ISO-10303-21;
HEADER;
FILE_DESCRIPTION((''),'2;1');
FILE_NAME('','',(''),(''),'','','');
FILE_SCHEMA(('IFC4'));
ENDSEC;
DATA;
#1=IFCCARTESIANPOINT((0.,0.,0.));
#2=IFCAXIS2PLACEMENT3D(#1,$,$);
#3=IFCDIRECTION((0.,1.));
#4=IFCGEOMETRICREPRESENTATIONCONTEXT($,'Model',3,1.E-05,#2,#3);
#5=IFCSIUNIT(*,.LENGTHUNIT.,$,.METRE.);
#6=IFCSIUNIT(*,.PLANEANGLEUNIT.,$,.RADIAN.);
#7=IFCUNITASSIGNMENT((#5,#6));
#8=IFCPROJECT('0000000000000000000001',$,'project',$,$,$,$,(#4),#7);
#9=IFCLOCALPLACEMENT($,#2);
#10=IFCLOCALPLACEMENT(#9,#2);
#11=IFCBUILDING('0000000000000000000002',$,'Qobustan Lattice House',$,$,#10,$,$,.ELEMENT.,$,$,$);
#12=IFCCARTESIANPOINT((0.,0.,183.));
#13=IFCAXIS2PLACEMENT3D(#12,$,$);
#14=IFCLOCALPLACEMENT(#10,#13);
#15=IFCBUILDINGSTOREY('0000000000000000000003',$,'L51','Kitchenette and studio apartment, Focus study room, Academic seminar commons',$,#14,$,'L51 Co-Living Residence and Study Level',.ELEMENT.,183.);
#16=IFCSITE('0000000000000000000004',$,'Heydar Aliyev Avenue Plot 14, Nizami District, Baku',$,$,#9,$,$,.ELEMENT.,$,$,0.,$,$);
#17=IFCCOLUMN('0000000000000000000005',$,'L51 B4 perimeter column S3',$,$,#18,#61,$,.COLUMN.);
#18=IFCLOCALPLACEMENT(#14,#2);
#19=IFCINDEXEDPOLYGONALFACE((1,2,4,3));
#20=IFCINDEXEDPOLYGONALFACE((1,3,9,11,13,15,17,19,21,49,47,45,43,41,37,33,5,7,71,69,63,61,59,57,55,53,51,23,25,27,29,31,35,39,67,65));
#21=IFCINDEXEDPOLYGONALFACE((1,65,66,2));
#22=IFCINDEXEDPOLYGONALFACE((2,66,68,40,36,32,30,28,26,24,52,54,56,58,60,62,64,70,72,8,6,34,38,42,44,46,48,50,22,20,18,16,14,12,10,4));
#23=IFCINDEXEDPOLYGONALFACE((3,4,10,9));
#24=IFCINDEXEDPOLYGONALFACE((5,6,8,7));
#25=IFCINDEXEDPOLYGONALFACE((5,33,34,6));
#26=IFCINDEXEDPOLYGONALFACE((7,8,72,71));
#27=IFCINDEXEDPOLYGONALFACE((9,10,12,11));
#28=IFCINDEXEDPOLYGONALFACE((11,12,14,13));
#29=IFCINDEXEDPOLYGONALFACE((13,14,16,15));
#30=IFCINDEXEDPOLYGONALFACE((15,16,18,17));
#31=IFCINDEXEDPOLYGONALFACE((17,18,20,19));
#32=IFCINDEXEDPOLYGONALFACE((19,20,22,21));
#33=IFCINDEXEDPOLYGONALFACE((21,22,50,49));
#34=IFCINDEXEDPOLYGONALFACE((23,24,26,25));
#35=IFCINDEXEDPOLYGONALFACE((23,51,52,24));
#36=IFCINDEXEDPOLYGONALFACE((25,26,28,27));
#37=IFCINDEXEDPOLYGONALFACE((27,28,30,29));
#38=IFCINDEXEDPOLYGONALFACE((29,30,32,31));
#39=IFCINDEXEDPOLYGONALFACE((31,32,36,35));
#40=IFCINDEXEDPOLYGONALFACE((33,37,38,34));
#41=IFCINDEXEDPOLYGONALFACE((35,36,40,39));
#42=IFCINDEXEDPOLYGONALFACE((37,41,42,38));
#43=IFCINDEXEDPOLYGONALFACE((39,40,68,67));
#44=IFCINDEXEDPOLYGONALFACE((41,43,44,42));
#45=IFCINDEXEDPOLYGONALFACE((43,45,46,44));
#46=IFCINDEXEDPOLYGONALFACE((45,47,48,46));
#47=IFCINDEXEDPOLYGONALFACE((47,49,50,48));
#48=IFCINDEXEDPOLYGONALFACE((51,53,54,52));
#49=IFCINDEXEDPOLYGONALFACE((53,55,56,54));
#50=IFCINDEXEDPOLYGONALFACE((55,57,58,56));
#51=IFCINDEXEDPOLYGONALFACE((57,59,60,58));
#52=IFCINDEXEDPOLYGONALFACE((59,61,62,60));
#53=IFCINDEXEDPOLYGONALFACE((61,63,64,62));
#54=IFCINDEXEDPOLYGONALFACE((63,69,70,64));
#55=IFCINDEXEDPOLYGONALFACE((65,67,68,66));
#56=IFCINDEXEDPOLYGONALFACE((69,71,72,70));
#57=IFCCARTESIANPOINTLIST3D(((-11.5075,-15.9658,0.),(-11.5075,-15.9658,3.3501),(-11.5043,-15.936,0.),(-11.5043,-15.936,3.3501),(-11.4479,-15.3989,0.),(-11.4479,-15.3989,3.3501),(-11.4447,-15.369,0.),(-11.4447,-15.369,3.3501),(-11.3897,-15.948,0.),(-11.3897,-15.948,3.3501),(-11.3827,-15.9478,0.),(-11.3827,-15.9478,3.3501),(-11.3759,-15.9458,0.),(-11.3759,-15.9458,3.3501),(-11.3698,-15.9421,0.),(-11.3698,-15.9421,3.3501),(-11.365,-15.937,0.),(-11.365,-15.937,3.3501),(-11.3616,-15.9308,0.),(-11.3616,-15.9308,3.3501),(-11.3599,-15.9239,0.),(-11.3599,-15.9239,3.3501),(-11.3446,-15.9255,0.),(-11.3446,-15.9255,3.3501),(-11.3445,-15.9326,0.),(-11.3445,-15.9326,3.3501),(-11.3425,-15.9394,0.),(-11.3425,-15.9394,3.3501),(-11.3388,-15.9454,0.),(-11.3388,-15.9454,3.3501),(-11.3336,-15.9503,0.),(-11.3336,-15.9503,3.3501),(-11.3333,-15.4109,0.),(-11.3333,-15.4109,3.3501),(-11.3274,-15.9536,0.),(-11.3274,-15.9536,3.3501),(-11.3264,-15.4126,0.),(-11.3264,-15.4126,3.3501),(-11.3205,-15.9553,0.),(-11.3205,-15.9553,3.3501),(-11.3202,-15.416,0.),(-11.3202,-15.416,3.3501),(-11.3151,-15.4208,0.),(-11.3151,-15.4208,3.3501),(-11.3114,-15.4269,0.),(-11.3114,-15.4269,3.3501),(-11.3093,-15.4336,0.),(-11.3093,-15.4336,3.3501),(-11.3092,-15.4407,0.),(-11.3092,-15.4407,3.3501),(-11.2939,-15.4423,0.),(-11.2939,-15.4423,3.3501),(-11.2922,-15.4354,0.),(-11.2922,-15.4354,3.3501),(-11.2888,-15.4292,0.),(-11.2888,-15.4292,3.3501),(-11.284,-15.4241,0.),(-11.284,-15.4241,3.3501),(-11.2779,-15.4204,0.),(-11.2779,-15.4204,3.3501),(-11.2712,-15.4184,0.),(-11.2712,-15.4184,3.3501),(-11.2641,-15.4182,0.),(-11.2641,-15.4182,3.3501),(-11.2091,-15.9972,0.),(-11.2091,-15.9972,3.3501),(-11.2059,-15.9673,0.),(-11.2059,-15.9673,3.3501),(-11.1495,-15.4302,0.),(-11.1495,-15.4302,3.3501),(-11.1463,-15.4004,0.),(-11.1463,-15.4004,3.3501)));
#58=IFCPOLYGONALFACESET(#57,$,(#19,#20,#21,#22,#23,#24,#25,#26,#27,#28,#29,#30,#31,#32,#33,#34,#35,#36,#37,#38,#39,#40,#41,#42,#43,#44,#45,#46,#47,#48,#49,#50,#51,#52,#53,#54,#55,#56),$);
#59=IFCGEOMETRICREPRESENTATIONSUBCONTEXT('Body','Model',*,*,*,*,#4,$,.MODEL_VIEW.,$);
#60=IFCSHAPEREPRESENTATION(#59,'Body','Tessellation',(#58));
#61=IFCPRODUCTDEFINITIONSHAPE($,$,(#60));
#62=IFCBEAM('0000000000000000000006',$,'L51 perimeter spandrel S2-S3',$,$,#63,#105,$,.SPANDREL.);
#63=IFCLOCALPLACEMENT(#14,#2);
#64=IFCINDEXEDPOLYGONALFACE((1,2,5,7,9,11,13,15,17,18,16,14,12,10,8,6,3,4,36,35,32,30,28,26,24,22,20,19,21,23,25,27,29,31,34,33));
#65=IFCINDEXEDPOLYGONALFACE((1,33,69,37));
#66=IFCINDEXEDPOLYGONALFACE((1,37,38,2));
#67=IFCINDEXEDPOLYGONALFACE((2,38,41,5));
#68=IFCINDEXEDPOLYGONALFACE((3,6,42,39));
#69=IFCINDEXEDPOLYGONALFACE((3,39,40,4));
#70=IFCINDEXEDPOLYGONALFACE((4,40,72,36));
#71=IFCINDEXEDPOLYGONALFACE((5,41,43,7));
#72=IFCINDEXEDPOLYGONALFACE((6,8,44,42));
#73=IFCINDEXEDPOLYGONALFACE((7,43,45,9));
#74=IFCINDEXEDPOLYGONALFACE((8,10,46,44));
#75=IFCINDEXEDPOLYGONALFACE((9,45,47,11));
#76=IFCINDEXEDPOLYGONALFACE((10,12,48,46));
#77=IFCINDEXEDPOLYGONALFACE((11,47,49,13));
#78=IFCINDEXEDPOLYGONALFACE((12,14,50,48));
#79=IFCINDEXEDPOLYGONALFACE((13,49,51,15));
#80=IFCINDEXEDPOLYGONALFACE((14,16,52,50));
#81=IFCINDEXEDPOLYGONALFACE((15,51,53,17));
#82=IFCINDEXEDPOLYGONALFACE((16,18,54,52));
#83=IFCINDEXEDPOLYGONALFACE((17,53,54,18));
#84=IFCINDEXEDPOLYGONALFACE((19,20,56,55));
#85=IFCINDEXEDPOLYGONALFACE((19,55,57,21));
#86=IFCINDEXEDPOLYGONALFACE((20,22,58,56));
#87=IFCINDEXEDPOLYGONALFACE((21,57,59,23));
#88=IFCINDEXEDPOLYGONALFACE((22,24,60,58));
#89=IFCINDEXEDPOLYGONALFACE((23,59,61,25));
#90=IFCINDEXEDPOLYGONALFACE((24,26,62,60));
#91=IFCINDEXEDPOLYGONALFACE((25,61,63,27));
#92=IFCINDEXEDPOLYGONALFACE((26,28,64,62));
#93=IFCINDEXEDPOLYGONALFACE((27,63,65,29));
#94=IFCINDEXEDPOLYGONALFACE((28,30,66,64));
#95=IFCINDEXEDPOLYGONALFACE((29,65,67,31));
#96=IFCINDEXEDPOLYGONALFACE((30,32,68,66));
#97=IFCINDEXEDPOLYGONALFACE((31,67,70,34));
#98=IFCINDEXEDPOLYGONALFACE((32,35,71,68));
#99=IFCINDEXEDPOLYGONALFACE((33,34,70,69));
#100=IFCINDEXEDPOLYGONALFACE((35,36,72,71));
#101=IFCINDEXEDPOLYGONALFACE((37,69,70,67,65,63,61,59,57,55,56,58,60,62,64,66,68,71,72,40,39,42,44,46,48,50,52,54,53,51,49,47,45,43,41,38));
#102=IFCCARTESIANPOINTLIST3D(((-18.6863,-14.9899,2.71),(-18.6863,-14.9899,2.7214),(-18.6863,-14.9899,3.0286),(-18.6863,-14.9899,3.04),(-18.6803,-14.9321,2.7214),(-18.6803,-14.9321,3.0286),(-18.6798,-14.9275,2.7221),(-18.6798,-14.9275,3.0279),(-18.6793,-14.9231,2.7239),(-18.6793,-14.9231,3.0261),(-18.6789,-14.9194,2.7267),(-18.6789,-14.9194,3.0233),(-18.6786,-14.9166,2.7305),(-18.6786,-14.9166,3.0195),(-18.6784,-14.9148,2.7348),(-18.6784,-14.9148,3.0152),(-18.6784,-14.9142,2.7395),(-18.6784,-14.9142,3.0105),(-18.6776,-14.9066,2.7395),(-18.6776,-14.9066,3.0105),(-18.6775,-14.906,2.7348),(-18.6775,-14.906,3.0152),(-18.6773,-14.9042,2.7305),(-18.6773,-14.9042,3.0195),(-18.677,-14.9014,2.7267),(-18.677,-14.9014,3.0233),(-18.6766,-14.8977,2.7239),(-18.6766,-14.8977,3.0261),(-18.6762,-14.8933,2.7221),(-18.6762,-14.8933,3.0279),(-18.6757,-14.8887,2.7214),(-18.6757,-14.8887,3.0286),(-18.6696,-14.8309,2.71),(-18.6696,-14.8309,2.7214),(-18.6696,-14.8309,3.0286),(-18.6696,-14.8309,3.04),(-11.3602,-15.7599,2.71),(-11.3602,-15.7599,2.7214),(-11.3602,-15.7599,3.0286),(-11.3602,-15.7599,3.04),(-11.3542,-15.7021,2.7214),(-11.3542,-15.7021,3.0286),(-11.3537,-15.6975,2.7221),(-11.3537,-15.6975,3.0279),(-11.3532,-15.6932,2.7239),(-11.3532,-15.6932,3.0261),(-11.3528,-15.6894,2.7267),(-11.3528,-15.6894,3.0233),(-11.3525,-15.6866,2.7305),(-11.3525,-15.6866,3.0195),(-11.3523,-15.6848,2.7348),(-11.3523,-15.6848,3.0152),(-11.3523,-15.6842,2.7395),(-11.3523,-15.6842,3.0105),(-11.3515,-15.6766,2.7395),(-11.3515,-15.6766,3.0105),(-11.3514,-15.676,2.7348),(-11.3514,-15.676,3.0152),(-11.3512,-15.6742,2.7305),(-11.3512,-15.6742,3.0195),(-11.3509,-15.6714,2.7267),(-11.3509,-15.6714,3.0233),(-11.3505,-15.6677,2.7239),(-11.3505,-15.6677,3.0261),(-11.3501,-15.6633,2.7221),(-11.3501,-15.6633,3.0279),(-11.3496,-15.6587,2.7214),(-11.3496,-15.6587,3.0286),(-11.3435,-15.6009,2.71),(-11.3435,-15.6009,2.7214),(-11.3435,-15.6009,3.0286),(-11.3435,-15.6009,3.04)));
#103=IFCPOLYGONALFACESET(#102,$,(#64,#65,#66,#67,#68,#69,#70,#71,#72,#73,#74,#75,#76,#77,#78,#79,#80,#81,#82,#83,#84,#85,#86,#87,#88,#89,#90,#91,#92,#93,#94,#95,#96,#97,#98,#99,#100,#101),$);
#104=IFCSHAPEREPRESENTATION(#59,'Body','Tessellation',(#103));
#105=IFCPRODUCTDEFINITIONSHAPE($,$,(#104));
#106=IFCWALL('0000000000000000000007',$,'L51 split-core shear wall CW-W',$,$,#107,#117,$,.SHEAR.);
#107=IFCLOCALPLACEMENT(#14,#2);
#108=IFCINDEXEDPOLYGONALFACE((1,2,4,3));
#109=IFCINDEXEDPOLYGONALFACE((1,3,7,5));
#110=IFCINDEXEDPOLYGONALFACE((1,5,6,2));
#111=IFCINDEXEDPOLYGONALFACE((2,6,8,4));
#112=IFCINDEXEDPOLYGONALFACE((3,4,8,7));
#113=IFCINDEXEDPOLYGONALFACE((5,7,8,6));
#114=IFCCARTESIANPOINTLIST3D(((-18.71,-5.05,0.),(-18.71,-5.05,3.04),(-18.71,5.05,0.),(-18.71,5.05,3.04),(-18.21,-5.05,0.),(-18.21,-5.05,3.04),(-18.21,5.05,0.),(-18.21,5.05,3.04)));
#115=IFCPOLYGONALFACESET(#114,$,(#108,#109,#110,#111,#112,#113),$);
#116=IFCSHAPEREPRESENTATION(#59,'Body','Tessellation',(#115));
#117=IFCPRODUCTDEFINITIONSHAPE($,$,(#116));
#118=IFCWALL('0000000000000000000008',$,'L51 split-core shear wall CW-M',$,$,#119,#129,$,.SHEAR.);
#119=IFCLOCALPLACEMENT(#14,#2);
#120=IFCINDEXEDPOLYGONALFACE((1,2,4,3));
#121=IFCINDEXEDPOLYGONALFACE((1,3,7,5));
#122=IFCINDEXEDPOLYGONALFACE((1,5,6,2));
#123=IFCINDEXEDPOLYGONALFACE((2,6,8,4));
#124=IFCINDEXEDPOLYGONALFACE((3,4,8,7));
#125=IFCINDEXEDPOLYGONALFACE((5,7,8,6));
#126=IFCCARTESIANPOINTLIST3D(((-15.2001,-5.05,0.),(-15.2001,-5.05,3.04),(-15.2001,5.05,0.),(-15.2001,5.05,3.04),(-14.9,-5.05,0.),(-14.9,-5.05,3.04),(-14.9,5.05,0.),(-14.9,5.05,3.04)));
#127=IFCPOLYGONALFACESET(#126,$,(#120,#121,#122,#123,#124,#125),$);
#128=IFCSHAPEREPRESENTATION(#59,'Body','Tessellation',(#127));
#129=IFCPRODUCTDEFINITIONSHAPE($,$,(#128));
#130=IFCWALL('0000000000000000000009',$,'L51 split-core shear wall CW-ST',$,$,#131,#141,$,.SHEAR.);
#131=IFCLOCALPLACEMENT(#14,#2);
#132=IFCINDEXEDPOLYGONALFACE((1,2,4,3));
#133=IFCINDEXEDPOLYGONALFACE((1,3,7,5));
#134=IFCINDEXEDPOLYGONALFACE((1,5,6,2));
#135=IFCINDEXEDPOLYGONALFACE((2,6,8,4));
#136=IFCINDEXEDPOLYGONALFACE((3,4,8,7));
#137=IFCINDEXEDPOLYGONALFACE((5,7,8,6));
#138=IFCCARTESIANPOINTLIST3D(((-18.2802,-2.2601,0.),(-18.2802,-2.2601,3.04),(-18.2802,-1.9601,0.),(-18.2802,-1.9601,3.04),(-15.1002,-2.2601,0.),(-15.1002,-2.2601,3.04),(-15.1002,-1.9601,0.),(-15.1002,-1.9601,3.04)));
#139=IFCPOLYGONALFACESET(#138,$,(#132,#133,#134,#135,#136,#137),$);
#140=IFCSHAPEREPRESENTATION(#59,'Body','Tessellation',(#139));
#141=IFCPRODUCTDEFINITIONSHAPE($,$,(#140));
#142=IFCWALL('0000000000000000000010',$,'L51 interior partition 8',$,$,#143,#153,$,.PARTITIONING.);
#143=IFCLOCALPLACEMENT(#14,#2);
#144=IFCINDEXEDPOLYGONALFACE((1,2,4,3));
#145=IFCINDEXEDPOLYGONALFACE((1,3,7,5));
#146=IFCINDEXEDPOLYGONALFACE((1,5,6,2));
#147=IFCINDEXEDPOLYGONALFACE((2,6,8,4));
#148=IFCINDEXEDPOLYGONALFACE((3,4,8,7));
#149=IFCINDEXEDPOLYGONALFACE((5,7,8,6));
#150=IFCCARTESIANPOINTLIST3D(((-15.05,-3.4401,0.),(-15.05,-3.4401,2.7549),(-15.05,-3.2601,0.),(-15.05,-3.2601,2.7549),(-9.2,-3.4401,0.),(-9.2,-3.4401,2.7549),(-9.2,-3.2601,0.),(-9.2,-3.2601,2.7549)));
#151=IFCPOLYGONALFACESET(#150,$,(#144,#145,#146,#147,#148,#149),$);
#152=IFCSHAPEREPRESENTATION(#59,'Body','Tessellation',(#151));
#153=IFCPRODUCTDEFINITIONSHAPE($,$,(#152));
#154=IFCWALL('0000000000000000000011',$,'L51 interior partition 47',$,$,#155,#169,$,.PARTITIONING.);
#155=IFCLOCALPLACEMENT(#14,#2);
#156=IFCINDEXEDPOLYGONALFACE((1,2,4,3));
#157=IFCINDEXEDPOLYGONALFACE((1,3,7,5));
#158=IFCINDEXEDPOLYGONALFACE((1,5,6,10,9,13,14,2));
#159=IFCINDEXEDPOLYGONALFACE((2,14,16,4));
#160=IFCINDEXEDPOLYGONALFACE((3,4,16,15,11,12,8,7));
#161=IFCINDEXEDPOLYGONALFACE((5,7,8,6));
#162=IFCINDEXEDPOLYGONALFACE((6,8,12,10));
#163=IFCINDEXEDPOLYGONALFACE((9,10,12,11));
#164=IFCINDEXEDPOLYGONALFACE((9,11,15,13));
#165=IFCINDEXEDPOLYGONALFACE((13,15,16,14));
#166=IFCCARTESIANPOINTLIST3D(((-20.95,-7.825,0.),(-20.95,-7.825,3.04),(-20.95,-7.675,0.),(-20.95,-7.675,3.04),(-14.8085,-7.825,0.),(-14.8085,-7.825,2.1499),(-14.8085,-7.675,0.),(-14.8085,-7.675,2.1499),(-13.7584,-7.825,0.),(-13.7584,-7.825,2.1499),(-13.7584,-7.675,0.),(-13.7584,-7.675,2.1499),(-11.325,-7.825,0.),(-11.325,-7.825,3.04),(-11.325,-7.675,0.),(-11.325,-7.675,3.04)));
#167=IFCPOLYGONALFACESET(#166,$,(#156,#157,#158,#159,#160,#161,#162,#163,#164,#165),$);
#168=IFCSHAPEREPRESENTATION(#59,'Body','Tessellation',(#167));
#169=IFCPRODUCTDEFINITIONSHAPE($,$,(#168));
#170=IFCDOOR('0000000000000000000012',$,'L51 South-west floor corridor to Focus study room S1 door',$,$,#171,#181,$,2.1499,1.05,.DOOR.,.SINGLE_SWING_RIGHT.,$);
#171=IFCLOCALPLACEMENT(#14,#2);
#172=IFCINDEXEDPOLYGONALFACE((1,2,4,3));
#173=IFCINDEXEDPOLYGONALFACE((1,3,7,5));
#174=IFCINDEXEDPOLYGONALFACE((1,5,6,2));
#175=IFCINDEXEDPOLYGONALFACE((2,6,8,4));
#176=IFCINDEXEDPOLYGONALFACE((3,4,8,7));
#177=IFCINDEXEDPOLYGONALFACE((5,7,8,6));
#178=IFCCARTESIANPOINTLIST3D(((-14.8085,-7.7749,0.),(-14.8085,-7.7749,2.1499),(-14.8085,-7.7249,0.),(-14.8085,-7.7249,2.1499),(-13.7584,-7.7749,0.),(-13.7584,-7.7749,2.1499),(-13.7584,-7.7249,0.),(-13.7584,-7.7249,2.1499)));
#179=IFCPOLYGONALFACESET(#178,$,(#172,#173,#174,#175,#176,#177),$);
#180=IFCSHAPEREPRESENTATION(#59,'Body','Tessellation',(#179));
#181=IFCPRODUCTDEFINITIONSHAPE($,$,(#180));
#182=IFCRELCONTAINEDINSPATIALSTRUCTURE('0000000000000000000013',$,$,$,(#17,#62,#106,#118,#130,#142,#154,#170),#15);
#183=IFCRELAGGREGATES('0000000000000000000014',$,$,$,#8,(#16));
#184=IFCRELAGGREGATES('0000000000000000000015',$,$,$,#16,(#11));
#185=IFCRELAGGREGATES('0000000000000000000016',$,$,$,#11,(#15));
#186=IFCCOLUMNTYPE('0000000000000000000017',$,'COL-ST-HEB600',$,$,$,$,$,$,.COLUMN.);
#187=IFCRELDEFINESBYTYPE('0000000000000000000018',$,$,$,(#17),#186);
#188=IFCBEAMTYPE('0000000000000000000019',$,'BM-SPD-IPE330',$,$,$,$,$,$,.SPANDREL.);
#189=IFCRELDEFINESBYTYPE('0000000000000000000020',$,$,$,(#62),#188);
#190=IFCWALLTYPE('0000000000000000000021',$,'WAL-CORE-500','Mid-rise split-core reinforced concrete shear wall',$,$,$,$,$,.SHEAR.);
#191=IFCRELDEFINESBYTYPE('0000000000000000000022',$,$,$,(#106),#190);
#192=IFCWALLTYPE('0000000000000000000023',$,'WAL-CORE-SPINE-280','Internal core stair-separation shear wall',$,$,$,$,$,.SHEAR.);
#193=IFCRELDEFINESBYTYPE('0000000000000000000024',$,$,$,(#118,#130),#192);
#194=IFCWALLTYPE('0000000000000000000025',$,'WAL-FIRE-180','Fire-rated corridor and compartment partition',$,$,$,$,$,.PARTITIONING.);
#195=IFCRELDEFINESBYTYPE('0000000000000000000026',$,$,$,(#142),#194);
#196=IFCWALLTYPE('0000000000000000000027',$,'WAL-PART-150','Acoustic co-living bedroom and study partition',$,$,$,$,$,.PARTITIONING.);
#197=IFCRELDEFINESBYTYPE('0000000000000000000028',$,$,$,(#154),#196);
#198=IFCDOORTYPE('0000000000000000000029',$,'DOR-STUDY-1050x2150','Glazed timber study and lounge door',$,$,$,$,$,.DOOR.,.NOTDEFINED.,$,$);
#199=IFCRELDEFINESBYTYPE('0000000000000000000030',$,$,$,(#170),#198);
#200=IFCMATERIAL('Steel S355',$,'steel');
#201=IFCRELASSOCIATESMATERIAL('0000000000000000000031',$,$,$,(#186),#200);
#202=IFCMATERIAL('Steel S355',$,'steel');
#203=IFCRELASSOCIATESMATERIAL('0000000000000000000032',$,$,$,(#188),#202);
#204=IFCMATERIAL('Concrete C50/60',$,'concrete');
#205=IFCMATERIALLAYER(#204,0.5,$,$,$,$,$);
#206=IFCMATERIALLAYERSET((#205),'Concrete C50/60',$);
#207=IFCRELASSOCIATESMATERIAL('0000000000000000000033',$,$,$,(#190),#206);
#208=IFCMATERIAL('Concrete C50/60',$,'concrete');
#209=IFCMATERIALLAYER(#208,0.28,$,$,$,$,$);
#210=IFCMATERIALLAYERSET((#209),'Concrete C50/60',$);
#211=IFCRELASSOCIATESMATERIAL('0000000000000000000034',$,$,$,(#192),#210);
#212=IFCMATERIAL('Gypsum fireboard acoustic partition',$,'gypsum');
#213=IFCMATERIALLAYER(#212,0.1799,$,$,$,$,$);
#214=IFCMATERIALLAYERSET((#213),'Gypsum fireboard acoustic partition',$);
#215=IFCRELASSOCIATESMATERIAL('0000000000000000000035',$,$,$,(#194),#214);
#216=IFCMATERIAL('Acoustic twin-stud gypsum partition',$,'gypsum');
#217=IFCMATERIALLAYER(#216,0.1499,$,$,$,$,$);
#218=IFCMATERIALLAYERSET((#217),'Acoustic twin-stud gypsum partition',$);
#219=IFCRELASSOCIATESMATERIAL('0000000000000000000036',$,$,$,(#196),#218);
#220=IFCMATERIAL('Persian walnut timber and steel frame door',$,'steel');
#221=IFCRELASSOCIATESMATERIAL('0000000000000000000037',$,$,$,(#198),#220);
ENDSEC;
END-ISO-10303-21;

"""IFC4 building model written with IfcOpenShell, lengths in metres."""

from ifc_helpers import new_model, si_unit, direction, frame, frame_2d, origin, origin_2d, place, context, subcontext, project, spatial, rectangle, i_section, extrude, material, layer, layer_set, material_profile, profile_set, type_object, element, fill, save


model = new_model("IFC4")

# Units and contexts
model_context = context("Model", 3, precision=1e-05, world=origin(), true_north=direction((0.0, 1.0)))
body_context = subcontext(model_context, "Body", "Model", "MODEL_VIEW")
ifc_project = project(units=[si_unit("LENGTHUNIT", "METRE"), si_unit("PLANEANGLEUNIT", "RADIAN")], contexts=[model_context])

# Site, building, storey
site_placement = place(None, origin())
site = spatial("IfcSite", under=ifc_project, at=site_placement, Name="Heydar Aliyev Avenue Plot 14, Nizami District, Baku", CompositionType="ELEMENT", RefElevation=0.0)
building_placement = place(site_placement, origin())
building = spatial("IfcBuilding", under=site, at=building_placement, Name="Qobustan Lattice House", CompositionType="ELEMENT")
storey_placement = place(building_placement, frame((0.0, 0.0, 183.0)))
storey = spatial("IfcBuildingStorey", under=building, at=storey_placement, Name="L51", Description="Kitchenette and studio apartment, Focus study room, Academic seminar commons", LongName="L51 Co-Living Residence and Study Level", CompositionType="ELEMENT", Elevation=183.0)

# Column
ifc_material_1 = material(Name="Steel S355", Category="steel")
ifc_material_profile_1 = material_profile(ifc_material_1, i_section(OverallWidth=0.3, OverallDepth=0.6001, WebThickness=0.0154, FlangeThickness=0.03, FilletRadius=0.0271, at=origin_2d()), Name="HEB600")
ifc_profile_set_1 = profile_set([ifc_material_profile_1], Name="Steel S355")
column_type = type_object("IfcColumnType", Name="COL-ST-HEB600", PredefinedType="COLUMN", material=ifc_profile_set_1)
column_placement = place(storey_placement, frame((-11.3269, -15.6831, 0.0), z_axis=(0.0, 0.0, 1.0), x_axis=(0.994522, -0.104528, 0.0)))
element("IfcColumn", 1, at=column_placement, inside=storey, type_object=column_type, Name="L51 B4 perimeter column S3", PredefinedType="COLUMN", context=body_context, shape_type="SweptSolid", body=[
    extrude(i_section(OverallWidth=0.3, OverallDepth=0.6001, WebThickness=0.0154, FlangeThickness=0.03, FilletRadius=0.0271, at=origin_2d()), origin(), (0.0, 0.0, 1.0), 3.3501),
])

# Beam
ifc_material_2 = material(Name="Steel S355", Category="steel")
ifc_material_profile_2 = material_profile(ifc_material_2, i_section(OverallWidth=0.1599, OverallDepth=0.3301, WebThickness=0.0076, FlangeThickness=0.0115, FilletRadius=0.0181, at=origin_2d()), Name="IPE330")
ifc_profile_set_2 = profile_set([ifc_material_profile_2], Name="Steel S355")
beam_type = type_object("IfcBeamType", Name="BM-SPD-IPE330", PredefinedType="SPANDREL", material=ifc_profile_set_2)
beam_placement = place(storey_placement, frame((-18.678, -14.9104, 2.875), z_axis=(0.994522, -0.10453, 0.0), x_axis=(0.10453, 0.994522, 0.0)))
element("IfcBeam", 2, at=beam_placement, inside=storey, type_object=beam_type, Name="L51 perimeter spandrel S2-S3", PredefinedType="SPANDREL", context=body_context, shape_type="SweptSolid", body=[
    extrude(i_section(OverallWidth=0.1599, OverallDepth=0.3301, WebThickness=0.0076, FlangeThickness=0.0115, FilletRadius=0.0181, at=origin_2d()), origin(), (0.0, 0.0, 1.0), 7.3665),
])

# Walls
ifc_material_3 = material(Name="Concrete C50/60", Category="concrete")
ifc_layer_1 = layer(ifc_material_3, 0.5)
ifc_layer_set_1 = layer_set([ifc_layer_1], Name="Concrete C50/60")
wall_type_1 = type_object("IfcWallType", Name="WAL-CORE-500", Description="Mid-rise split-core reinforced concrete shear wall", PredefinedType="SHEAR", material=ifc_layer_set_1)
wall_1_placement = place(storey_placement, frame((-18.46, -5.05, 0.0), z_axis=(0.0, 0.0, 1.0), x_axis=(0.0, 1.0, 0.0)))
element("IfcWall", 3, at=wall_1_placement, inside=storey, type_object=wall_type_1, Name="L51 split-core shear wall CW-W", PredefinedType="SHEAR", context=body_context, shape_type="SweptSolid", body=[
    extrude(rectangle(XDim=10.1001, YDim=0.5, at=frame_2d((5.05, 0.0))), origin(), (0.0, 0.0, 1.0), 3.04),
])
ifc_material_4 = material(Name="Concrete C50/60", Category="concrete")
ifc_layer_2 = layer(ifc_material_4, 0.28)
ifc_layer_set_2 = layer_set([ifc_layer_2], Name="Concrete C50/60")
wall_type_2 = type_object("IfcWallType", Name="WAL-CORE-SPINE-280", Description="Internal core stair-separation shear wall", PredefinedType="SHEAR", material=ifc_layer_set_2)
wall_2_placement = place(storey_placement, frame((-15.05, -5.05, 0.0), z_axis=(0.0, 0.0, 1.0), x_axis=(0.0, 1.0, 0.0)))
element("IfcWall", 4, at=wall_2_placement, inside=storey, type_object=wall_type_2, Name="L51 split-core shear wall CW-M", PredefinedType="SHEAR", context=body_context, shape_type="SweptSolid", body=[
    extrude(rectangle(XDim=10.1001, YDim=0.3, at=frame_2d((5.05, 0.0))), origin(), (0.0, 0.0, 1.0), 3.04),
])
wall_3_placement = place(storey_placement, frame((-18.28, -2.1101, 0.0), z_axis=(0.0, 0.0, 1.0), x_axis=(1.0, 0.0, 0.0)))
element("IfcWall", 5, at=wall_3_placement, inside=storey, type_object=wall_type_2, Name="L51 split-core shear wall CW-ST", PredefinedType="SHEAR", context=body_context, shape_type="SweptSolid", body=[
    extrude(rectangle(XDim=3.1799, YDim=0.3, at=frame_2d((1.5898, 0.0))), origin(), (0.0, 0.0, 1.0), 3.04),
])
ifc_material_5 = material(Name="Gypsum fireboard acoustic partition", Category="gypsum")
ifc_layer_3 = layer(ifc_material_5, 0.1799)
ifc_layer_set_3 = layer_set([ifc_layer_3], Name="Gypsum fireboard acoustic partition")
wall_type_3 = type_object("IfcWallType", Name="WAL-FIRE-180", Description="Fire-rated corridor and compartment partition", PredefinedType="PARTITIONING", material=ifc_layer_set_3)
wall_4_placement = place(storey_placement, frame((-15.05, -3.3501, 0.0), z_axis=(0.0, 0.0, 1.0), x_axis=(1.0, 0.0, 0.0)))
element("IfcWall", 6, at=wall_4_placement, inside=storey, type_object=wall_type_3, Name="L51 interior partition 8", PredefinedType="PARTITIONING", context=body_context, shape_type="SweptSolid", body=[
    extrude(rectangle(XDim=5.8501, YDim=0.1799, at=frame_2d((2.925, 0.0))), origin(), (0.0, 0.0, 1.0), 2.7549),
])

# Wall, opening, door
ifc_material_6 = material(Name="Acoustic twin-stud gypsum partition", Category="gypsum")
ifc_layer_4 = layer(ifc_material_6, 0.1499)
ifc_layer_set_4 = layer_set([ifc_layer_4], Name="Acoustic twin-stud gypsum partition")
wall_type_4 = type_object("IfcWallType", Name="WAL-PART-150", Description="Acoustic co-living bedroom and study partition", PredefinedType="PARTITIONING", material=ifc_layer_set_4)
wall_5_placement = place(storey_placement, frame((-11.325, -7.75, 0.0), z_axis=(0.0, 0.0, 1.0), x_axis=(-1.0, 0.0, 0.0)))
wall_5 = element("IfcWall", 7, at=wall_5_placement, inside=storey, type_object=wall_type_4, Name="L51 interior partition 47", PredefinedType="PARTITIONING", context=body_context, shape_type="SweptSolid", body=[
    extrude(rectangle(XDim=9.625, YDim=0.1499, at=frame_2d((4.8125, 0.0))), origin(), (0.0, 0.0, 1.0), 3.04),
])
opening_1_placement = place(wall_5_placement, frame((2.4336, 0.0, 0.0)))
opening_1 = element("IfcOpeningElement", 8, at=opening_1_placement, cuts=wall_5, PredefinedType="OPENING", context=body_context, shape_type="SweptSolid", body=[
    extrude(rectangle(XDim=1.05, YDim=2.1499, at=frame_2d((0.5249, 1.075))), frame((0.0, 0.085, 0.0), z_axis=(0.0, -1.0, 0.0), x_axis=(1.0, 0.0, 0.0)), (0.0, 0.0, 1.0), 0.1699),
])
ifc_material_7 = material(Name="Persian walnut timber and steel frame door", Category="steel")
door_type_1 = type_object("IfcDoorType", Name="DOR-STUDY-1050x2150", Description="Glazed timber study and lounge door", OperationType="NOTDEFINED", PredefinedType="DOOR", material=ifc_material_7)
door_1_placement = place(opening_1_placement, origin())
door_1 = element("IfcDoor", 9, at=door_1_placement, inside=storey, type_object=door_type_1, Name="L51 South-west floor corridor to Focus study room S1 door", OperationType="SINGLE_SWING_RIGHT", OverallHeight=2.1499, OverallWidth=1.05, PredefinedType="DOOR", context=body_context, shape_type="SweptSolid", body=[
    extrude(rectangle(XDim=1.05, YDim=2.1499, at=frame_2d((0.5249, 1.075))), frame((0.0, 0.0249, 0.0), z_axis=(0.0, -1.0, 0.0), x_axis=(1.0, 0.0, 0.0)), (0.0, 0.0, 1.0), 0.05),
])
fill(opening_1, door_1)

save(model, "model.ifc")
